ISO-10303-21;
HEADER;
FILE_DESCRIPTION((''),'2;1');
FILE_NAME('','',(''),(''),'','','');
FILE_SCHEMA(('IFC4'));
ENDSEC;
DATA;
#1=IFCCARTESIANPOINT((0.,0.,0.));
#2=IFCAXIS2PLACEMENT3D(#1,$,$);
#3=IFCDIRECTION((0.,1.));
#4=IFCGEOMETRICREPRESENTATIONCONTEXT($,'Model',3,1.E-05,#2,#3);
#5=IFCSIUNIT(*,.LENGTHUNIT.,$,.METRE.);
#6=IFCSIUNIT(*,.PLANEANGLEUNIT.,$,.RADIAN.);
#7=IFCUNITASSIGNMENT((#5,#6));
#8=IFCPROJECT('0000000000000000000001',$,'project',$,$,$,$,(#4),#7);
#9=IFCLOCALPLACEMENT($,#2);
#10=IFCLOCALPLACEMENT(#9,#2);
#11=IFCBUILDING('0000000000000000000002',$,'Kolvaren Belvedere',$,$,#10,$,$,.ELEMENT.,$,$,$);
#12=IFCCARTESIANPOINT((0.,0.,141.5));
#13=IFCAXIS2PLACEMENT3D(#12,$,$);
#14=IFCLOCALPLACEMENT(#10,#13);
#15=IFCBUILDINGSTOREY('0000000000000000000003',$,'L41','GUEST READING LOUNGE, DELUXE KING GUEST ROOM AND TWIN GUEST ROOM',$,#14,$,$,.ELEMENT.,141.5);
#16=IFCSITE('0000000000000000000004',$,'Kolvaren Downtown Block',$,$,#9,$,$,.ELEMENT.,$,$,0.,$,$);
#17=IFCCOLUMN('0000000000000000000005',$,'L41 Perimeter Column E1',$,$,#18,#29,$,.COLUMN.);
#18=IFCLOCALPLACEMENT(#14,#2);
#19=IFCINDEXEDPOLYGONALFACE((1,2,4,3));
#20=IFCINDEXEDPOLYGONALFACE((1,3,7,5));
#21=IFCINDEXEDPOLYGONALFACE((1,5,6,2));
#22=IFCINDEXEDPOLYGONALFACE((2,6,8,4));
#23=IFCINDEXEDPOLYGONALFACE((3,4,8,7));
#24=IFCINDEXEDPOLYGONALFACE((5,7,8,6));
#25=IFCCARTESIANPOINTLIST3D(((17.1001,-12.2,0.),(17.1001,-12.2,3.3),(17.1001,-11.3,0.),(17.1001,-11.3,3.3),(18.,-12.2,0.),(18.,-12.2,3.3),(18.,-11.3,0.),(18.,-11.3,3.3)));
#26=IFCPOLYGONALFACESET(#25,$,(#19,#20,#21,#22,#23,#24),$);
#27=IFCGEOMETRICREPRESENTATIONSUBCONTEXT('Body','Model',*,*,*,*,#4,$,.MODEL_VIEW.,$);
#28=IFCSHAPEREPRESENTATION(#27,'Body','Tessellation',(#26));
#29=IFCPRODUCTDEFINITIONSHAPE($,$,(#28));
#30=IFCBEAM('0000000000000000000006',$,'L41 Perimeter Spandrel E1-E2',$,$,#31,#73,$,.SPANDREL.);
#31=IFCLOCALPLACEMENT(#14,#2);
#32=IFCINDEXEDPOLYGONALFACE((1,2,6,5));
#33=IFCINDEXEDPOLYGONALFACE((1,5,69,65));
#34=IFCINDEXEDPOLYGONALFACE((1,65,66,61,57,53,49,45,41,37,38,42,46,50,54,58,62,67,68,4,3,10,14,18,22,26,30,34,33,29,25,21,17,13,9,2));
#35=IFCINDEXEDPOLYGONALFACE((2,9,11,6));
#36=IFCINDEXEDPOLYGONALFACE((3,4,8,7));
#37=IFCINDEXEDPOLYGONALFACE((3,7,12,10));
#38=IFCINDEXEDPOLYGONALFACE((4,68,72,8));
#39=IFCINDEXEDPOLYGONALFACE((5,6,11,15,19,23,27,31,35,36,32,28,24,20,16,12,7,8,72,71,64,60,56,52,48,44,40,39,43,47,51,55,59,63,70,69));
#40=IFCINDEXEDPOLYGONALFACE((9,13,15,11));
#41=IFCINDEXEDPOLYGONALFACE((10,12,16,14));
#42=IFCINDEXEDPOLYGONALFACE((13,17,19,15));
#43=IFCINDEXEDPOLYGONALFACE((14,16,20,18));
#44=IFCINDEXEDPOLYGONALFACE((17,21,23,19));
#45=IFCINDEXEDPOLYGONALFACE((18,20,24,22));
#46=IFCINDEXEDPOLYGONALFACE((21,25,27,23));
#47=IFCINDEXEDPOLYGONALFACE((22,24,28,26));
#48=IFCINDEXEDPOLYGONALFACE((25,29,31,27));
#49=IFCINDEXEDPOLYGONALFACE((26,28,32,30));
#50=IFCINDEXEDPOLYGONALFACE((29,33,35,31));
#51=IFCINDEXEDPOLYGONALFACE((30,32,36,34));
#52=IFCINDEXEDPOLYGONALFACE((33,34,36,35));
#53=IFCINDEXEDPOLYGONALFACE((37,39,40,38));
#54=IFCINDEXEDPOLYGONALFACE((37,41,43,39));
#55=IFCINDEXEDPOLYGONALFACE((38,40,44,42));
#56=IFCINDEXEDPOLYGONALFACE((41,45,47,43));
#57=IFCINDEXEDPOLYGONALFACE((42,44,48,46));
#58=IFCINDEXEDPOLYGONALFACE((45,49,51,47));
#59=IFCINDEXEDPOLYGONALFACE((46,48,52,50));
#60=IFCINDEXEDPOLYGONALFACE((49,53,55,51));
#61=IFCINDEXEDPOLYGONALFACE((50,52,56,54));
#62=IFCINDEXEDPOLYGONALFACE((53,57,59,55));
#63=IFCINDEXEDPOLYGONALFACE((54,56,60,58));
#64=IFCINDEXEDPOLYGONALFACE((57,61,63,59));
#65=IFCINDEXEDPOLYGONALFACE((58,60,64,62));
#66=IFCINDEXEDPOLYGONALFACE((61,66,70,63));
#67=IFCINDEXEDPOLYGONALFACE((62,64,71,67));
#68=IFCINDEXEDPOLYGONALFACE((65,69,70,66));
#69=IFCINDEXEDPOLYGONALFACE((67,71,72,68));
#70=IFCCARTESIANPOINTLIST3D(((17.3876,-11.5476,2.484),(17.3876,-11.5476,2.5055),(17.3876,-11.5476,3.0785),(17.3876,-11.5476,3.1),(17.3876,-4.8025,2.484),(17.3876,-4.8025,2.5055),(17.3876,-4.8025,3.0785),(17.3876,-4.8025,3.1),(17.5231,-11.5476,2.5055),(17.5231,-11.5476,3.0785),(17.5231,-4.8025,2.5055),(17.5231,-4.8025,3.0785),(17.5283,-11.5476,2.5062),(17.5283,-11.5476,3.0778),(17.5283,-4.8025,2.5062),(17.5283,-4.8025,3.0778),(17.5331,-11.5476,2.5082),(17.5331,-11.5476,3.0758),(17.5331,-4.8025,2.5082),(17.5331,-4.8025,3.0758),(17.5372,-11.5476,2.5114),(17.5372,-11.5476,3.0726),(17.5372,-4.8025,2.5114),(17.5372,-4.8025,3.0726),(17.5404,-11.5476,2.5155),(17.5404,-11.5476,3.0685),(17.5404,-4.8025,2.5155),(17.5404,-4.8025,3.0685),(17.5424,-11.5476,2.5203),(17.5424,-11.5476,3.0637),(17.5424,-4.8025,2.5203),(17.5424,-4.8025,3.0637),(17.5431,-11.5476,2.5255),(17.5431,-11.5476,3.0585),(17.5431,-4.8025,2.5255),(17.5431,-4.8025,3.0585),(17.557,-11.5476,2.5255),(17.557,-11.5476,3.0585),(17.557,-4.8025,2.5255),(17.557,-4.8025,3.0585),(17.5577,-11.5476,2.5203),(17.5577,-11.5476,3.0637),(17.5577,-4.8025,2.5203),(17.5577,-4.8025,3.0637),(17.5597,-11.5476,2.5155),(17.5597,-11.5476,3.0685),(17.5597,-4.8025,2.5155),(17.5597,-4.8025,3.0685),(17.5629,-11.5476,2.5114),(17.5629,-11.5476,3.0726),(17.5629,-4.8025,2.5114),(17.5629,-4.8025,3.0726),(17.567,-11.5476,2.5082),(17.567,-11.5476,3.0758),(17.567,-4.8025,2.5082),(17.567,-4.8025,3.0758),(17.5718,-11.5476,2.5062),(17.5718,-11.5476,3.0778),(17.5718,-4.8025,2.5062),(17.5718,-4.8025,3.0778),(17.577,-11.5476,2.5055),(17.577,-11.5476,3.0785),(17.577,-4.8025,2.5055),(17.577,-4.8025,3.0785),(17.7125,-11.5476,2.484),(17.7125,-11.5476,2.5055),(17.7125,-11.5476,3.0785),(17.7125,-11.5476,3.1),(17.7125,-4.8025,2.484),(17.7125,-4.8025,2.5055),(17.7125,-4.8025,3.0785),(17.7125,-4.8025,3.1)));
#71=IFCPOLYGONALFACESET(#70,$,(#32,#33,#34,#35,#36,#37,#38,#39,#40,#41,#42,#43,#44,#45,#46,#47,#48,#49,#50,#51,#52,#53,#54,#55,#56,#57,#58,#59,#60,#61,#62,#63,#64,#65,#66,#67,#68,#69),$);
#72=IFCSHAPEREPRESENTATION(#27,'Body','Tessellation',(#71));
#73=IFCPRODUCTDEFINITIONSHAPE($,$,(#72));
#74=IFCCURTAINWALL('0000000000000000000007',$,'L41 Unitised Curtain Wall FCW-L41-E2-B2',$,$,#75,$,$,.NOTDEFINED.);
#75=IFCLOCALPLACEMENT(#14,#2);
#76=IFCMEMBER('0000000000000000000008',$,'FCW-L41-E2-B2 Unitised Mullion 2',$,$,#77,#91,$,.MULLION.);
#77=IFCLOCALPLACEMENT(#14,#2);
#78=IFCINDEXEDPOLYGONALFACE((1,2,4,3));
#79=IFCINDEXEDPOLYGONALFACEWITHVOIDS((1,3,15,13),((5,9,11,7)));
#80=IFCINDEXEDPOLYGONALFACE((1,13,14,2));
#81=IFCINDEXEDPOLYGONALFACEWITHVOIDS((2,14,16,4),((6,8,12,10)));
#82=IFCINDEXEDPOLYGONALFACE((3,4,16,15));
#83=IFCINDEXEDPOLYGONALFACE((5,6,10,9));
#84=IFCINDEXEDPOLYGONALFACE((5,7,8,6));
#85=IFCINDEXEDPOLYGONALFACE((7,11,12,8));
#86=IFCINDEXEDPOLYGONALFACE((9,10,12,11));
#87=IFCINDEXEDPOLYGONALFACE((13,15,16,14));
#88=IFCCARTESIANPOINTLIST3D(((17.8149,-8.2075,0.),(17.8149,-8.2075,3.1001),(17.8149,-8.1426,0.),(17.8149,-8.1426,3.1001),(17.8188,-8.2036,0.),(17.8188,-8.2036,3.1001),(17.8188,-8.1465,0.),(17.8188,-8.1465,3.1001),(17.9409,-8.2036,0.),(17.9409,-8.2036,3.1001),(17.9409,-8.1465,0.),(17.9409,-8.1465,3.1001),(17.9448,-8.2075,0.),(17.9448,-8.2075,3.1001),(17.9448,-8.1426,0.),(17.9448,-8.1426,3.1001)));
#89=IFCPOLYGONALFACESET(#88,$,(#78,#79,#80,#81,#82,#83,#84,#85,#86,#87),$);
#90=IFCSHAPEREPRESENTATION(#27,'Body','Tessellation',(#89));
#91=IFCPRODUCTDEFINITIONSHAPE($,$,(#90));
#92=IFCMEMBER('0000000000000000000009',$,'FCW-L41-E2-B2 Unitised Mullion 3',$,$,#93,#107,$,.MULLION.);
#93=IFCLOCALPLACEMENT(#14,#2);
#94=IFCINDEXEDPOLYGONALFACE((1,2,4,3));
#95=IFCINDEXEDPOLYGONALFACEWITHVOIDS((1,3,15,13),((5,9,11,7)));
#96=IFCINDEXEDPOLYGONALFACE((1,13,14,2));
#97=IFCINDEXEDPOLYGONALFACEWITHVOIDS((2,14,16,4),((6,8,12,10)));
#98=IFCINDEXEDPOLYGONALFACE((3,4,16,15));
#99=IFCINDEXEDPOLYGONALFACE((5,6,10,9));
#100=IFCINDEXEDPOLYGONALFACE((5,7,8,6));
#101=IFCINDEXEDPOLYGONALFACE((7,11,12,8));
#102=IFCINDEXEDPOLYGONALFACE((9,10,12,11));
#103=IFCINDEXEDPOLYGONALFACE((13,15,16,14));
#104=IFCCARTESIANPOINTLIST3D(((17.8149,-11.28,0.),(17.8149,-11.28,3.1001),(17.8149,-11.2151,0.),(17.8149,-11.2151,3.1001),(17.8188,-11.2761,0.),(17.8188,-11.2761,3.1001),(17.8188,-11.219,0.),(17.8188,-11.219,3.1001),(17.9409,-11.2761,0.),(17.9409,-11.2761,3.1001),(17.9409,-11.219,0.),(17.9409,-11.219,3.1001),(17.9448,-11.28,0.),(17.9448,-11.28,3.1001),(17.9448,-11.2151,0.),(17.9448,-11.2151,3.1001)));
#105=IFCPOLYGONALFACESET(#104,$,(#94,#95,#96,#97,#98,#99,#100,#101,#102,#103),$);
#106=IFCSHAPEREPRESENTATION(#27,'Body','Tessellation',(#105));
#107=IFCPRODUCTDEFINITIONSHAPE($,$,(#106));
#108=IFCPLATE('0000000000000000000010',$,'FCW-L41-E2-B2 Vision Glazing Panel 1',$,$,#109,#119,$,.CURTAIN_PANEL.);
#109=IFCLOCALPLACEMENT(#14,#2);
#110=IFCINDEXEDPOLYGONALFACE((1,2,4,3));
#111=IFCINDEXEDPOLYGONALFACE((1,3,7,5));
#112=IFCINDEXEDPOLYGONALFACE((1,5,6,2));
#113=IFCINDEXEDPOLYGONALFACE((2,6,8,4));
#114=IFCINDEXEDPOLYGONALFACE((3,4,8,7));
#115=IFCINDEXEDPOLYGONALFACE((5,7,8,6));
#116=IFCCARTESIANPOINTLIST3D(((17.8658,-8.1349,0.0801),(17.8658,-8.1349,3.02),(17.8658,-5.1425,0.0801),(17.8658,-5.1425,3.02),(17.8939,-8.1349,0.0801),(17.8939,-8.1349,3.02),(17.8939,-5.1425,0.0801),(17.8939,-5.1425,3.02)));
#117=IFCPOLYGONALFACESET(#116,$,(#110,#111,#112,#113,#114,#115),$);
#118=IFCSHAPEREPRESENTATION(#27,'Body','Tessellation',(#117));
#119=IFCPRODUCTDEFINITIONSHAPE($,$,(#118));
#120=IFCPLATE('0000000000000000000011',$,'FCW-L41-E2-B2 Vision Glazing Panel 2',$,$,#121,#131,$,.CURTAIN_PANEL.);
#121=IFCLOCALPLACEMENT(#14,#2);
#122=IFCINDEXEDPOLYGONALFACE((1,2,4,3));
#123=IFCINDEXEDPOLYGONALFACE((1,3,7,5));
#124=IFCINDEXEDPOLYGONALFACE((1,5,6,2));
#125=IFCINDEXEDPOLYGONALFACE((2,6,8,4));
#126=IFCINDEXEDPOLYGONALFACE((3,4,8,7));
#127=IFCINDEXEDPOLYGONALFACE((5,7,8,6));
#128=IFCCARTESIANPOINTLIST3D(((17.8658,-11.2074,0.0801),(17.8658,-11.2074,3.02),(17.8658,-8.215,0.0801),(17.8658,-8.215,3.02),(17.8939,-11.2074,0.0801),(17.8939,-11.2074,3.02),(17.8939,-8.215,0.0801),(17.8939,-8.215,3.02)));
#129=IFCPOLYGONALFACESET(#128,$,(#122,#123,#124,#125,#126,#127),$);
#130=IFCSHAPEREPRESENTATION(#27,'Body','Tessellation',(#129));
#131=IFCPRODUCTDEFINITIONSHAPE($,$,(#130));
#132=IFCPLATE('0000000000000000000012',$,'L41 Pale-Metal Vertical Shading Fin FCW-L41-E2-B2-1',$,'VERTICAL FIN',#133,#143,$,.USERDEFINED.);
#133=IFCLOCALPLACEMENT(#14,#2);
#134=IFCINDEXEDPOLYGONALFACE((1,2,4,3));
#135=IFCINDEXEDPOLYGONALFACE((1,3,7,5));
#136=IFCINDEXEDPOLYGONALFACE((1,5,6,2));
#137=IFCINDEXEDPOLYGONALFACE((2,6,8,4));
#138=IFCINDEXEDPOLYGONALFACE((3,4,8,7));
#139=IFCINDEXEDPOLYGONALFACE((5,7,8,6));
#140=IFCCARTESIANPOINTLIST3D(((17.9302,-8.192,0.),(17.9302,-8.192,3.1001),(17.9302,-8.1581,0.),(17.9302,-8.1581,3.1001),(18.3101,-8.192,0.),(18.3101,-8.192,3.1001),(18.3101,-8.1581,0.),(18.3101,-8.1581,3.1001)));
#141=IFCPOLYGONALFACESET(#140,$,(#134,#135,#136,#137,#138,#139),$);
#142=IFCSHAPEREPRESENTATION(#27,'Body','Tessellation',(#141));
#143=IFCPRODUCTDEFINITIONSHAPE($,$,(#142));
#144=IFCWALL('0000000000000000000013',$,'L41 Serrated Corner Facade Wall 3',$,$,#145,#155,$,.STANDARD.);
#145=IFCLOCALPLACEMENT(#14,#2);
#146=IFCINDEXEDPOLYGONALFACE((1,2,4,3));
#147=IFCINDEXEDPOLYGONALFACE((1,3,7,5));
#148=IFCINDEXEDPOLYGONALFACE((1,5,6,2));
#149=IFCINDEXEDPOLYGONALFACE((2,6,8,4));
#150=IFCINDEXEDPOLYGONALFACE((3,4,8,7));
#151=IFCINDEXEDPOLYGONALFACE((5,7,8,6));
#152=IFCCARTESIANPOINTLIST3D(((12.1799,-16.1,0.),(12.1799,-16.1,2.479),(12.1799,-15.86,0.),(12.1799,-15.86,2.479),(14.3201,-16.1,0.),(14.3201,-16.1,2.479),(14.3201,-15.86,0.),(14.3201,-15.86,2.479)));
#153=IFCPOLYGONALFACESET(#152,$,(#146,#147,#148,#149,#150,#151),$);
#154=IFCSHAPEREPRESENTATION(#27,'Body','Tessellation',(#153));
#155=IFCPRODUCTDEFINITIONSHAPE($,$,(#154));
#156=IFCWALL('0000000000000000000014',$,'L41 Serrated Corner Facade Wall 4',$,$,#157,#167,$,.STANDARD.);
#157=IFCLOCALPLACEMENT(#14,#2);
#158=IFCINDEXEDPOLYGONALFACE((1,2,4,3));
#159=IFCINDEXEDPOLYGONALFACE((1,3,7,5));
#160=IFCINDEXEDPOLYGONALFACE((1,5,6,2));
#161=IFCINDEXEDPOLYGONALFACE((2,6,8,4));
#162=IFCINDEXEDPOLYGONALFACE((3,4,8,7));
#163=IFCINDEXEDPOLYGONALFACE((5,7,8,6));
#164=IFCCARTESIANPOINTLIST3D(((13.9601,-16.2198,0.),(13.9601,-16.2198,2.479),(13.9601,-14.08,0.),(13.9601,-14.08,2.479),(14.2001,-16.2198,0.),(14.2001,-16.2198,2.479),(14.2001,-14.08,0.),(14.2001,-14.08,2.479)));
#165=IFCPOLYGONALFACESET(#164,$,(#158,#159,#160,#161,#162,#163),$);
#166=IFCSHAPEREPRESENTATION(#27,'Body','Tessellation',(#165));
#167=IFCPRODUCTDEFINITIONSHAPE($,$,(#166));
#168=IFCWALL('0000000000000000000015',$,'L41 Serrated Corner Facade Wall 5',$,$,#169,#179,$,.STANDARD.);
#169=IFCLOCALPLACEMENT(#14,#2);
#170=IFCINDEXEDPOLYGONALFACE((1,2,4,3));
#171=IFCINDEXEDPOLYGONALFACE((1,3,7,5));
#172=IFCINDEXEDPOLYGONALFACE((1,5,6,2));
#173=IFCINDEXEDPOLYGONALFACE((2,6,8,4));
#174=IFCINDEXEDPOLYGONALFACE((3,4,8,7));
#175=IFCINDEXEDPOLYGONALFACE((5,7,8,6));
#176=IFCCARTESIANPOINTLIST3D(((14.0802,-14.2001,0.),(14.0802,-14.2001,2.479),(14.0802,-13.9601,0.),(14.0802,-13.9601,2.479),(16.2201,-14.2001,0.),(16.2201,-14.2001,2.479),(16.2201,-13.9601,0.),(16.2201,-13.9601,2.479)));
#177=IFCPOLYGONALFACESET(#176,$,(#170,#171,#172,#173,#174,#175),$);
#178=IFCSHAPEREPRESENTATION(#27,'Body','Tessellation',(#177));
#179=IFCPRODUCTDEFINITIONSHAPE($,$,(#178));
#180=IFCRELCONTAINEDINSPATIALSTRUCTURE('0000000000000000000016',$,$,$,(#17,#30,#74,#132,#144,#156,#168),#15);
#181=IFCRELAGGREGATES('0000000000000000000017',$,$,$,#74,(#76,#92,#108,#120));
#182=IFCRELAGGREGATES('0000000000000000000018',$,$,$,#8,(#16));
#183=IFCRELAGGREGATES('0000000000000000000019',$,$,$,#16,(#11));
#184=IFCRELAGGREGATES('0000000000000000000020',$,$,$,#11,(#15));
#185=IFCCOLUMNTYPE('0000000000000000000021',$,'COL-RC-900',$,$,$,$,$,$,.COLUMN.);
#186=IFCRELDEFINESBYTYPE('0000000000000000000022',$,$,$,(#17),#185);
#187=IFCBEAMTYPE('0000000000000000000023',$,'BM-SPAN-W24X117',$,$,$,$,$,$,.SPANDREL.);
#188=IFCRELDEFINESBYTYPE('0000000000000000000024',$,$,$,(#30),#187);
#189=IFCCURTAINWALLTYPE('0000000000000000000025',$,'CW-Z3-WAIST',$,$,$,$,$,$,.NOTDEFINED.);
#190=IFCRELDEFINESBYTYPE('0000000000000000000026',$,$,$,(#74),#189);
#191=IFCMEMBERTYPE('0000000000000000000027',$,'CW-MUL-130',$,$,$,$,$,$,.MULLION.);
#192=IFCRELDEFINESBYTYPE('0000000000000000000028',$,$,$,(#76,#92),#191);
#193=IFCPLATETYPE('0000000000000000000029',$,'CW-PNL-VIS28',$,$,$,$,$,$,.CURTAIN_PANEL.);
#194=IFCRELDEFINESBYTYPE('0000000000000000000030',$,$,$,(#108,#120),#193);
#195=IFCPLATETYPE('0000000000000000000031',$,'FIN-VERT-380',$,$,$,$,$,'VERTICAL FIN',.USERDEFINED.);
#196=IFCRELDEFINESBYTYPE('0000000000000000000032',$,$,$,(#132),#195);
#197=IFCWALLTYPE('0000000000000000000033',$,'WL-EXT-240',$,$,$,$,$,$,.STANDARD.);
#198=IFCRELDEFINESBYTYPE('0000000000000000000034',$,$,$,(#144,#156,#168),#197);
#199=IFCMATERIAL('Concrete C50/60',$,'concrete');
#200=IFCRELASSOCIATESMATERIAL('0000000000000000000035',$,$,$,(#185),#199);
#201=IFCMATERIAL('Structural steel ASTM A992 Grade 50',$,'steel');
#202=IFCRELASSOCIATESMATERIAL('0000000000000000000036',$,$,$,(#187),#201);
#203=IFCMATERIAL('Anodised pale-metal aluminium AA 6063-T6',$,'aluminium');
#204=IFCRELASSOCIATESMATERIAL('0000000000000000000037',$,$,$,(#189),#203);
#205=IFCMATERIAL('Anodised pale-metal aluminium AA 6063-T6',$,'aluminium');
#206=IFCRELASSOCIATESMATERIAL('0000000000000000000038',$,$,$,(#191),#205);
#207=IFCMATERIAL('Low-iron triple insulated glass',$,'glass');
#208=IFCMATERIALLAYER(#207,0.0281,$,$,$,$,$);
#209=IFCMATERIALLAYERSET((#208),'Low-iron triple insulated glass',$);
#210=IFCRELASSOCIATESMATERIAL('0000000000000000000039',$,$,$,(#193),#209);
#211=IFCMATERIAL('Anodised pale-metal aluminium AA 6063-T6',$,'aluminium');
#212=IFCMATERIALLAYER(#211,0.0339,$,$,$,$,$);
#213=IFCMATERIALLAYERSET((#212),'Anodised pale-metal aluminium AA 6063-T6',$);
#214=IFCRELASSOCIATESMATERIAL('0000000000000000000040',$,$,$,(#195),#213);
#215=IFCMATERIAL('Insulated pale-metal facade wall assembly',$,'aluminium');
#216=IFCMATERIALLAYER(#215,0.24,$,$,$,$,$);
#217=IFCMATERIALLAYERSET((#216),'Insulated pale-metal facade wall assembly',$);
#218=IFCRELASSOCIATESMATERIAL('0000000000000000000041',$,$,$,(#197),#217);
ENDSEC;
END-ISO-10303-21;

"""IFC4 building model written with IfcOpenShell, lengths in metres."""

from ifc_helpers import new_model, si_unit, direction, frame, frame_2d, origin, origin_2d, place, context, subcontext, project, spatial, rectangle, hollow_rectangle, i_section, extrude, material, layer, layer_set, material_profile, profile_set, type_object, element, aggregate, save


model = new_model("IFC4")

# Units and contexts
model_context = context("Model", 3, precision=1e-05, world=origin(), true_north=direction((0.0, 1.0)))
body_context = subcontext(model_context, "Body", "Model", "MODEL_VIEW")
ifc_project = project(units=[si_unit("LENGTHUNIT", "METRE"), si_unit("PLANEANGLEUNIT", "RADIAN")], contexts=[model_context])

# Site, building, storey
site_placement = place(None, origin())
site = spatial("IfcSite", under=ifc_project, at=site_placement, Name="Kolvaren Downtown Block", CompositionType="ELEMENT", RefElevation=0.0)
building_placement = place(site_placement, origin())
building = spatial("IfcBuilding", under=site, at=building_placement, Name="Kolvaren Belvedere", CompositionType="ELEMENT")
storey_placement = place(building_placement, frame((0.0, 0.0, 141.5)))
storey = spatial("IfcBuildingStorey", under=building, at=storey_placement, Name="L41", Description="GUEST READING LOUNGE, DELUXE KING GUEST ROOM AND TWIN GUEST ROOM", CompositionType="ELEMENT", Elevation=141.5)

# Column
ifc_material_1 = material(Name="Concrete C50/60", Category="concrete")
ifc_material_profile_1 = material_profile(ifc_material_1, rectangle(XDim=0.8999, YDim=0.8999, at=origin_2d()), Name="RC 900X900")
ifc_profile_set_1 = profile_set([ifc_material_profile_1], Name="Concrete C50/60")
column_type = type_object("IfcColumnType", Name="COL-RC-900", PredefinedType="COLUMN", material=ifc_profile_set_1)
column_placement = place(storey_placement, frame((17.55, -11.75, 0.0), z_axis=(0.0, 0.0, 1.0), x_axis=(1.0, 0.0, 0.0)))
element("IfcColumn", 1, at=column_placement, inside=storey, type_object=column_type, Name="L41 Perimeter Column E1", PredefinedType="COLUMN", context=body_context, shape_type="SweptSolid", body=[
    extrude(rectangle(XDim=0.8999, YDim=0.8999, at=origin_2d()), origin(), (0.0, 0.0, 1.0), 3.3),
])

# Beam
ifc_material_2 = material(Name="Structural steel ASTM A992 Grade 50", Category="steel")
ifc_material_profile_2 = material_profile(ifc_material_2, i_section(OverallWidth=0.325, OverallDepth=0.616, WebThickness=0.0139, FlangeThickness=0.0215, FilletRadius=0.02, at=origin_2d()), Name="W24X117")
ifc_profile_set_2 = profile_set([ifc_material_profile_2], Name="Structural steel ASTM A992 Grade 50")
beam_type = type_object("IfcBeamType", Name="BM-SPAN-W24X117", PredefinedType="SPANDREL", material=ifc_profile_set_2)
beam_placement = place(storey_placement, frame((17.55, -11.5476, 2.792), z_axis=(0.0, 1.0, 0.0), x_axis=(-1.0, 0.0, 0.0)))
element("IfcBeam", 2, at=beam_placement, inside=storey, type_object=beam_type, Name="L41 Perimeter Spandrel E1-E2", PredefinedType="SPANDREL", context=body_context, shape_type="SweptSolid", body=[
    extrude(i_section(OverallWidth=0.325, OverallDepth=0.616, WebThickness=0.0139, FlangeThickness=0.0215, FilletRadius=0.02, at=origin_2d()), origin(), (0.0, 0.0, 1.0), 6.7451),
])

# Curtain wall, members, plates
ifc_material_3 = material(Name="Anodised pale-metal aluminium AA 6063-T6", Category="aluminium")
curtain_wall_type = type_object("IfcCurtainWallType", Name="CW-Z3-WAIST", PredefinedType="NOTDEFINED", material=ifc_material_3)
curtain_wall_placement = place(storey_placement, origin())
curtain_wall = element("IfcCurtainWall", 3, at=curtain_wall_placement, inside=storey, type_object=curtain_wall_type, Name="L41 Unitised Curtain Wall FCW-L41-E2-B2", PredefinedType="NOTDEFINED")
ifc_material_4 = material(Name="Anodised pale-metal aluminium AA 6063-T6", Category="aluminium")
ifc_material_profile_3 = material_profile(ifc_material_4, hollow_rectangle(XDim=0.0649, YDim=0.1299, WallThickness=0.0039, at=origin_2d()), Name="ALU-MUL-130X65")
ifc_profile_set_3 = profile_set([ifc_material_profile_3], Name="Anodised pale-metal aluminium AA 6063-T6")
member_type = type_object("IfcMemberType", Name="CW-MUL-130", PredefinedType="MULLION", material=ifc_profile_set_3)
member_1_placement = place(storey_placement, frame((17.8799, -8.175, 0.0), z_axis=(0.0, 0.0, 1.0), x_axis=(0.0, 1.0, 0.0)))
member_1 = element("IfcMember", 4, at=member_1_placement, type_object=member_type, Name="FCW-L41-E2-B2 Unitised Mullion 2", PredefinedType="MULLION", context=body_context, shape_type="SweptSolid", body=[
    extrude(hollow_rectangle(XDim=0.0649, YDim=0.1299, WallThickness=0.0039, at=origin_2d()), origin(), (0.0, 0.0, 1.0), 3.1001),
])
member_2_placement = place(storey_placement, frame((17.8799, -11.2476, 0.0), z_axis=(0.0, 0.0, 1.0), x_axis=(0.0, 1.0, 0.0)))
member_2 = element("IfcMember", 5, at=member_2_placement, type_object=member_type, Name="FCW-L41-E2-B2 Unitised Mullion 3", PredefinedType="MULLION", context=body_context, shape_type="SweptSolid", body=[
    extrude(hollow_rectangle(XDim=0.0649, YDim=0.1299, WallThickness=0.0039, at=origin_2d()), origin(), (0.0, 0.0, 1.0), 3.1001),
])
ifc_material_5 = material(Name="Low-iron triple insulated glass", Category="glass")
ifc_layer_1 = layer(ifc_material_5, 0.0281)
ifc_layer_set_1 = layer_set([ifc_layer_1], Name="Low-iron triple insulated glass")
plate_type_1 = type_object("IfcPlateType", Name="CW-PNL-VIS28", PredefinedType="CURTAIN_PANEL", material=ifc_layer_set_1)
plate_1_placement = place(storey_placement, frame((17.8799, -6.6387, 0.0801), z_axis=(0.0, 0.0, 1.0), x_axis=(0.0, -1.0, 0.0)))
plate_1 = element("IfcPlate", 6, at=plate_1_placement, type_object=plate_type_1, Name="FCW-L41-E2-B2 Vision Glazing Panel 1", PredefinedType="CURTAIN_PANEL", context=body_context, shape_type="SweptSolid", body=[
    extrude(rectangle(XDim=2.9924, YDim=0.0281, at=origin_2d()), origin(), (0.0, 0.0, 1.0), 2.9399),
])
plate_2_placement = place(storey_placement, frame((17.8799, -9.7112, 0.0801), z_axis=(0.0, 0.0, 1.0), x_axis=(0.0, -1.0, 0.0)))
plate_2 = element("IfcPlate", 7, at=plate_2_placement, type_object=plate_type_1, Name="FCW-L41-E2-B2 Vision Glazing Panel 2", PredefinedType="CURTAIN_PANEL", context=body_context, shape_type="SweptSolid", body=[
    extrude(rectangle(XDim=2.9924, YDim=0.0281, at=origin_2d()), origin(), (0.0, 0.0, 1.0), 2.9399),
])
aggregate(curtain_wall, [member_1, member_2, plate_1, plate_2])

# Plate
ifc_material_6 = material(Name="Anodised pale-metal aluminium AA 6063-T6", Category="aluminium")
ifc_layer_2 = layer(ifc_material_6, 0.0339)
ifc_layer_set_2 = layer_set([ifc_layer_2], Name="Anodised pale-metal aluminium AA 6063-T6")
plate_type_2 = type_object("IfcPlateType", Name="FIN-VERT-380", ElementType="VERTICAL FIN", PredefinedType="USERDEFINED", material=ifc_layer_set_2)
plate_3_placement = place(storey_placement, frame((18.1201, -8.175, 0.0), z_axis=(0.0, 0.0, 1.0), x_axis=(1.0, 0.0, 0.0)))
element("IfcPlate", 8, at=plate_3_placement, inside=storey, type_object=plate_type_2, Name="L41 Pale-Metal Vertical Shading Fin FCW-L41-E2-B2-1", ObjectType="VERTICAL FIN", PredefinedType="USERDEFINED", context=body_context, shape_type="SweptSolid", body=[
    extrude(rectangle(XDim=0.3799, YDim=0.0339, at=origin_2d()), origin(), (0.0, 0.0, 1.0), 3.1001),
])

# Walls
ifc_material_7 = material(Name="Insulated pale-metal facade wall assembly", Category="aluminium")
ifc_layer_3 = layer(ifc_material_7, 0.24)
ifc_layer_set_3 = layer_set([ifc_layer_3], Name="Insulated pale-metal facade wall assembly")
wall_type_1 = type_object("IfcWallType", Name="WL-EXT-240", PredefinedType="STANDARD", material=ifc_layer_set_3)
wall_1_placement = place(storey_placement, frame((14.3201, -15.98, 0.0), z_axis=(0.0, 0.0, 1.0), x_axis=(-1.0, 0.0, 0.0)))
element("IfcWall", 9, at=wall_1_placement, inside=storey, type_object=wall_type_1, Name="L41 Serrated Corner Facade Wall 3", PredefinedType="STANDARD", context=body_context, shape_type="SweptSolid", body=[
    extrude(rectangle(XDim=2.1401, YDim=0.24, at=frame_2d((1.0701, 0.0))), origin(), (0.0, 0.0, 1.0), 2.479),
])
for number, where, z_axis, x_axis, name in (
    (10, (14.0801, -14.0801, 0.0), (0.0, 0.0, 1.0), (0.0, -1.0, 0.0), "L41 Serrated Corner Facade Wall 4"),
    (11, (16.22, -14.0801, 0.0), (0.0, 0.0, 1.0), (-1.0, 0.0, 0.0), "L41 Serrated Corner Facade Wall 5"),
):
    element("IfcWall", number, at=place(storey_placement, frame(where, z_axis=z_axis, x_axis=x_axis)), inside=storey, type_object=wall_type_1, Name=name, PredefinedType="STANDARD", context=body_context, shape_type="SweptSolid", body=[
        extrude(rectangle(XDim=2.1399, YDim=0.24, at=frame_2d((1.0698, 0.0))), origin(), (0.0, 0.0, 1.0), 2.479),
    ])

save(model, "model.ifc")
